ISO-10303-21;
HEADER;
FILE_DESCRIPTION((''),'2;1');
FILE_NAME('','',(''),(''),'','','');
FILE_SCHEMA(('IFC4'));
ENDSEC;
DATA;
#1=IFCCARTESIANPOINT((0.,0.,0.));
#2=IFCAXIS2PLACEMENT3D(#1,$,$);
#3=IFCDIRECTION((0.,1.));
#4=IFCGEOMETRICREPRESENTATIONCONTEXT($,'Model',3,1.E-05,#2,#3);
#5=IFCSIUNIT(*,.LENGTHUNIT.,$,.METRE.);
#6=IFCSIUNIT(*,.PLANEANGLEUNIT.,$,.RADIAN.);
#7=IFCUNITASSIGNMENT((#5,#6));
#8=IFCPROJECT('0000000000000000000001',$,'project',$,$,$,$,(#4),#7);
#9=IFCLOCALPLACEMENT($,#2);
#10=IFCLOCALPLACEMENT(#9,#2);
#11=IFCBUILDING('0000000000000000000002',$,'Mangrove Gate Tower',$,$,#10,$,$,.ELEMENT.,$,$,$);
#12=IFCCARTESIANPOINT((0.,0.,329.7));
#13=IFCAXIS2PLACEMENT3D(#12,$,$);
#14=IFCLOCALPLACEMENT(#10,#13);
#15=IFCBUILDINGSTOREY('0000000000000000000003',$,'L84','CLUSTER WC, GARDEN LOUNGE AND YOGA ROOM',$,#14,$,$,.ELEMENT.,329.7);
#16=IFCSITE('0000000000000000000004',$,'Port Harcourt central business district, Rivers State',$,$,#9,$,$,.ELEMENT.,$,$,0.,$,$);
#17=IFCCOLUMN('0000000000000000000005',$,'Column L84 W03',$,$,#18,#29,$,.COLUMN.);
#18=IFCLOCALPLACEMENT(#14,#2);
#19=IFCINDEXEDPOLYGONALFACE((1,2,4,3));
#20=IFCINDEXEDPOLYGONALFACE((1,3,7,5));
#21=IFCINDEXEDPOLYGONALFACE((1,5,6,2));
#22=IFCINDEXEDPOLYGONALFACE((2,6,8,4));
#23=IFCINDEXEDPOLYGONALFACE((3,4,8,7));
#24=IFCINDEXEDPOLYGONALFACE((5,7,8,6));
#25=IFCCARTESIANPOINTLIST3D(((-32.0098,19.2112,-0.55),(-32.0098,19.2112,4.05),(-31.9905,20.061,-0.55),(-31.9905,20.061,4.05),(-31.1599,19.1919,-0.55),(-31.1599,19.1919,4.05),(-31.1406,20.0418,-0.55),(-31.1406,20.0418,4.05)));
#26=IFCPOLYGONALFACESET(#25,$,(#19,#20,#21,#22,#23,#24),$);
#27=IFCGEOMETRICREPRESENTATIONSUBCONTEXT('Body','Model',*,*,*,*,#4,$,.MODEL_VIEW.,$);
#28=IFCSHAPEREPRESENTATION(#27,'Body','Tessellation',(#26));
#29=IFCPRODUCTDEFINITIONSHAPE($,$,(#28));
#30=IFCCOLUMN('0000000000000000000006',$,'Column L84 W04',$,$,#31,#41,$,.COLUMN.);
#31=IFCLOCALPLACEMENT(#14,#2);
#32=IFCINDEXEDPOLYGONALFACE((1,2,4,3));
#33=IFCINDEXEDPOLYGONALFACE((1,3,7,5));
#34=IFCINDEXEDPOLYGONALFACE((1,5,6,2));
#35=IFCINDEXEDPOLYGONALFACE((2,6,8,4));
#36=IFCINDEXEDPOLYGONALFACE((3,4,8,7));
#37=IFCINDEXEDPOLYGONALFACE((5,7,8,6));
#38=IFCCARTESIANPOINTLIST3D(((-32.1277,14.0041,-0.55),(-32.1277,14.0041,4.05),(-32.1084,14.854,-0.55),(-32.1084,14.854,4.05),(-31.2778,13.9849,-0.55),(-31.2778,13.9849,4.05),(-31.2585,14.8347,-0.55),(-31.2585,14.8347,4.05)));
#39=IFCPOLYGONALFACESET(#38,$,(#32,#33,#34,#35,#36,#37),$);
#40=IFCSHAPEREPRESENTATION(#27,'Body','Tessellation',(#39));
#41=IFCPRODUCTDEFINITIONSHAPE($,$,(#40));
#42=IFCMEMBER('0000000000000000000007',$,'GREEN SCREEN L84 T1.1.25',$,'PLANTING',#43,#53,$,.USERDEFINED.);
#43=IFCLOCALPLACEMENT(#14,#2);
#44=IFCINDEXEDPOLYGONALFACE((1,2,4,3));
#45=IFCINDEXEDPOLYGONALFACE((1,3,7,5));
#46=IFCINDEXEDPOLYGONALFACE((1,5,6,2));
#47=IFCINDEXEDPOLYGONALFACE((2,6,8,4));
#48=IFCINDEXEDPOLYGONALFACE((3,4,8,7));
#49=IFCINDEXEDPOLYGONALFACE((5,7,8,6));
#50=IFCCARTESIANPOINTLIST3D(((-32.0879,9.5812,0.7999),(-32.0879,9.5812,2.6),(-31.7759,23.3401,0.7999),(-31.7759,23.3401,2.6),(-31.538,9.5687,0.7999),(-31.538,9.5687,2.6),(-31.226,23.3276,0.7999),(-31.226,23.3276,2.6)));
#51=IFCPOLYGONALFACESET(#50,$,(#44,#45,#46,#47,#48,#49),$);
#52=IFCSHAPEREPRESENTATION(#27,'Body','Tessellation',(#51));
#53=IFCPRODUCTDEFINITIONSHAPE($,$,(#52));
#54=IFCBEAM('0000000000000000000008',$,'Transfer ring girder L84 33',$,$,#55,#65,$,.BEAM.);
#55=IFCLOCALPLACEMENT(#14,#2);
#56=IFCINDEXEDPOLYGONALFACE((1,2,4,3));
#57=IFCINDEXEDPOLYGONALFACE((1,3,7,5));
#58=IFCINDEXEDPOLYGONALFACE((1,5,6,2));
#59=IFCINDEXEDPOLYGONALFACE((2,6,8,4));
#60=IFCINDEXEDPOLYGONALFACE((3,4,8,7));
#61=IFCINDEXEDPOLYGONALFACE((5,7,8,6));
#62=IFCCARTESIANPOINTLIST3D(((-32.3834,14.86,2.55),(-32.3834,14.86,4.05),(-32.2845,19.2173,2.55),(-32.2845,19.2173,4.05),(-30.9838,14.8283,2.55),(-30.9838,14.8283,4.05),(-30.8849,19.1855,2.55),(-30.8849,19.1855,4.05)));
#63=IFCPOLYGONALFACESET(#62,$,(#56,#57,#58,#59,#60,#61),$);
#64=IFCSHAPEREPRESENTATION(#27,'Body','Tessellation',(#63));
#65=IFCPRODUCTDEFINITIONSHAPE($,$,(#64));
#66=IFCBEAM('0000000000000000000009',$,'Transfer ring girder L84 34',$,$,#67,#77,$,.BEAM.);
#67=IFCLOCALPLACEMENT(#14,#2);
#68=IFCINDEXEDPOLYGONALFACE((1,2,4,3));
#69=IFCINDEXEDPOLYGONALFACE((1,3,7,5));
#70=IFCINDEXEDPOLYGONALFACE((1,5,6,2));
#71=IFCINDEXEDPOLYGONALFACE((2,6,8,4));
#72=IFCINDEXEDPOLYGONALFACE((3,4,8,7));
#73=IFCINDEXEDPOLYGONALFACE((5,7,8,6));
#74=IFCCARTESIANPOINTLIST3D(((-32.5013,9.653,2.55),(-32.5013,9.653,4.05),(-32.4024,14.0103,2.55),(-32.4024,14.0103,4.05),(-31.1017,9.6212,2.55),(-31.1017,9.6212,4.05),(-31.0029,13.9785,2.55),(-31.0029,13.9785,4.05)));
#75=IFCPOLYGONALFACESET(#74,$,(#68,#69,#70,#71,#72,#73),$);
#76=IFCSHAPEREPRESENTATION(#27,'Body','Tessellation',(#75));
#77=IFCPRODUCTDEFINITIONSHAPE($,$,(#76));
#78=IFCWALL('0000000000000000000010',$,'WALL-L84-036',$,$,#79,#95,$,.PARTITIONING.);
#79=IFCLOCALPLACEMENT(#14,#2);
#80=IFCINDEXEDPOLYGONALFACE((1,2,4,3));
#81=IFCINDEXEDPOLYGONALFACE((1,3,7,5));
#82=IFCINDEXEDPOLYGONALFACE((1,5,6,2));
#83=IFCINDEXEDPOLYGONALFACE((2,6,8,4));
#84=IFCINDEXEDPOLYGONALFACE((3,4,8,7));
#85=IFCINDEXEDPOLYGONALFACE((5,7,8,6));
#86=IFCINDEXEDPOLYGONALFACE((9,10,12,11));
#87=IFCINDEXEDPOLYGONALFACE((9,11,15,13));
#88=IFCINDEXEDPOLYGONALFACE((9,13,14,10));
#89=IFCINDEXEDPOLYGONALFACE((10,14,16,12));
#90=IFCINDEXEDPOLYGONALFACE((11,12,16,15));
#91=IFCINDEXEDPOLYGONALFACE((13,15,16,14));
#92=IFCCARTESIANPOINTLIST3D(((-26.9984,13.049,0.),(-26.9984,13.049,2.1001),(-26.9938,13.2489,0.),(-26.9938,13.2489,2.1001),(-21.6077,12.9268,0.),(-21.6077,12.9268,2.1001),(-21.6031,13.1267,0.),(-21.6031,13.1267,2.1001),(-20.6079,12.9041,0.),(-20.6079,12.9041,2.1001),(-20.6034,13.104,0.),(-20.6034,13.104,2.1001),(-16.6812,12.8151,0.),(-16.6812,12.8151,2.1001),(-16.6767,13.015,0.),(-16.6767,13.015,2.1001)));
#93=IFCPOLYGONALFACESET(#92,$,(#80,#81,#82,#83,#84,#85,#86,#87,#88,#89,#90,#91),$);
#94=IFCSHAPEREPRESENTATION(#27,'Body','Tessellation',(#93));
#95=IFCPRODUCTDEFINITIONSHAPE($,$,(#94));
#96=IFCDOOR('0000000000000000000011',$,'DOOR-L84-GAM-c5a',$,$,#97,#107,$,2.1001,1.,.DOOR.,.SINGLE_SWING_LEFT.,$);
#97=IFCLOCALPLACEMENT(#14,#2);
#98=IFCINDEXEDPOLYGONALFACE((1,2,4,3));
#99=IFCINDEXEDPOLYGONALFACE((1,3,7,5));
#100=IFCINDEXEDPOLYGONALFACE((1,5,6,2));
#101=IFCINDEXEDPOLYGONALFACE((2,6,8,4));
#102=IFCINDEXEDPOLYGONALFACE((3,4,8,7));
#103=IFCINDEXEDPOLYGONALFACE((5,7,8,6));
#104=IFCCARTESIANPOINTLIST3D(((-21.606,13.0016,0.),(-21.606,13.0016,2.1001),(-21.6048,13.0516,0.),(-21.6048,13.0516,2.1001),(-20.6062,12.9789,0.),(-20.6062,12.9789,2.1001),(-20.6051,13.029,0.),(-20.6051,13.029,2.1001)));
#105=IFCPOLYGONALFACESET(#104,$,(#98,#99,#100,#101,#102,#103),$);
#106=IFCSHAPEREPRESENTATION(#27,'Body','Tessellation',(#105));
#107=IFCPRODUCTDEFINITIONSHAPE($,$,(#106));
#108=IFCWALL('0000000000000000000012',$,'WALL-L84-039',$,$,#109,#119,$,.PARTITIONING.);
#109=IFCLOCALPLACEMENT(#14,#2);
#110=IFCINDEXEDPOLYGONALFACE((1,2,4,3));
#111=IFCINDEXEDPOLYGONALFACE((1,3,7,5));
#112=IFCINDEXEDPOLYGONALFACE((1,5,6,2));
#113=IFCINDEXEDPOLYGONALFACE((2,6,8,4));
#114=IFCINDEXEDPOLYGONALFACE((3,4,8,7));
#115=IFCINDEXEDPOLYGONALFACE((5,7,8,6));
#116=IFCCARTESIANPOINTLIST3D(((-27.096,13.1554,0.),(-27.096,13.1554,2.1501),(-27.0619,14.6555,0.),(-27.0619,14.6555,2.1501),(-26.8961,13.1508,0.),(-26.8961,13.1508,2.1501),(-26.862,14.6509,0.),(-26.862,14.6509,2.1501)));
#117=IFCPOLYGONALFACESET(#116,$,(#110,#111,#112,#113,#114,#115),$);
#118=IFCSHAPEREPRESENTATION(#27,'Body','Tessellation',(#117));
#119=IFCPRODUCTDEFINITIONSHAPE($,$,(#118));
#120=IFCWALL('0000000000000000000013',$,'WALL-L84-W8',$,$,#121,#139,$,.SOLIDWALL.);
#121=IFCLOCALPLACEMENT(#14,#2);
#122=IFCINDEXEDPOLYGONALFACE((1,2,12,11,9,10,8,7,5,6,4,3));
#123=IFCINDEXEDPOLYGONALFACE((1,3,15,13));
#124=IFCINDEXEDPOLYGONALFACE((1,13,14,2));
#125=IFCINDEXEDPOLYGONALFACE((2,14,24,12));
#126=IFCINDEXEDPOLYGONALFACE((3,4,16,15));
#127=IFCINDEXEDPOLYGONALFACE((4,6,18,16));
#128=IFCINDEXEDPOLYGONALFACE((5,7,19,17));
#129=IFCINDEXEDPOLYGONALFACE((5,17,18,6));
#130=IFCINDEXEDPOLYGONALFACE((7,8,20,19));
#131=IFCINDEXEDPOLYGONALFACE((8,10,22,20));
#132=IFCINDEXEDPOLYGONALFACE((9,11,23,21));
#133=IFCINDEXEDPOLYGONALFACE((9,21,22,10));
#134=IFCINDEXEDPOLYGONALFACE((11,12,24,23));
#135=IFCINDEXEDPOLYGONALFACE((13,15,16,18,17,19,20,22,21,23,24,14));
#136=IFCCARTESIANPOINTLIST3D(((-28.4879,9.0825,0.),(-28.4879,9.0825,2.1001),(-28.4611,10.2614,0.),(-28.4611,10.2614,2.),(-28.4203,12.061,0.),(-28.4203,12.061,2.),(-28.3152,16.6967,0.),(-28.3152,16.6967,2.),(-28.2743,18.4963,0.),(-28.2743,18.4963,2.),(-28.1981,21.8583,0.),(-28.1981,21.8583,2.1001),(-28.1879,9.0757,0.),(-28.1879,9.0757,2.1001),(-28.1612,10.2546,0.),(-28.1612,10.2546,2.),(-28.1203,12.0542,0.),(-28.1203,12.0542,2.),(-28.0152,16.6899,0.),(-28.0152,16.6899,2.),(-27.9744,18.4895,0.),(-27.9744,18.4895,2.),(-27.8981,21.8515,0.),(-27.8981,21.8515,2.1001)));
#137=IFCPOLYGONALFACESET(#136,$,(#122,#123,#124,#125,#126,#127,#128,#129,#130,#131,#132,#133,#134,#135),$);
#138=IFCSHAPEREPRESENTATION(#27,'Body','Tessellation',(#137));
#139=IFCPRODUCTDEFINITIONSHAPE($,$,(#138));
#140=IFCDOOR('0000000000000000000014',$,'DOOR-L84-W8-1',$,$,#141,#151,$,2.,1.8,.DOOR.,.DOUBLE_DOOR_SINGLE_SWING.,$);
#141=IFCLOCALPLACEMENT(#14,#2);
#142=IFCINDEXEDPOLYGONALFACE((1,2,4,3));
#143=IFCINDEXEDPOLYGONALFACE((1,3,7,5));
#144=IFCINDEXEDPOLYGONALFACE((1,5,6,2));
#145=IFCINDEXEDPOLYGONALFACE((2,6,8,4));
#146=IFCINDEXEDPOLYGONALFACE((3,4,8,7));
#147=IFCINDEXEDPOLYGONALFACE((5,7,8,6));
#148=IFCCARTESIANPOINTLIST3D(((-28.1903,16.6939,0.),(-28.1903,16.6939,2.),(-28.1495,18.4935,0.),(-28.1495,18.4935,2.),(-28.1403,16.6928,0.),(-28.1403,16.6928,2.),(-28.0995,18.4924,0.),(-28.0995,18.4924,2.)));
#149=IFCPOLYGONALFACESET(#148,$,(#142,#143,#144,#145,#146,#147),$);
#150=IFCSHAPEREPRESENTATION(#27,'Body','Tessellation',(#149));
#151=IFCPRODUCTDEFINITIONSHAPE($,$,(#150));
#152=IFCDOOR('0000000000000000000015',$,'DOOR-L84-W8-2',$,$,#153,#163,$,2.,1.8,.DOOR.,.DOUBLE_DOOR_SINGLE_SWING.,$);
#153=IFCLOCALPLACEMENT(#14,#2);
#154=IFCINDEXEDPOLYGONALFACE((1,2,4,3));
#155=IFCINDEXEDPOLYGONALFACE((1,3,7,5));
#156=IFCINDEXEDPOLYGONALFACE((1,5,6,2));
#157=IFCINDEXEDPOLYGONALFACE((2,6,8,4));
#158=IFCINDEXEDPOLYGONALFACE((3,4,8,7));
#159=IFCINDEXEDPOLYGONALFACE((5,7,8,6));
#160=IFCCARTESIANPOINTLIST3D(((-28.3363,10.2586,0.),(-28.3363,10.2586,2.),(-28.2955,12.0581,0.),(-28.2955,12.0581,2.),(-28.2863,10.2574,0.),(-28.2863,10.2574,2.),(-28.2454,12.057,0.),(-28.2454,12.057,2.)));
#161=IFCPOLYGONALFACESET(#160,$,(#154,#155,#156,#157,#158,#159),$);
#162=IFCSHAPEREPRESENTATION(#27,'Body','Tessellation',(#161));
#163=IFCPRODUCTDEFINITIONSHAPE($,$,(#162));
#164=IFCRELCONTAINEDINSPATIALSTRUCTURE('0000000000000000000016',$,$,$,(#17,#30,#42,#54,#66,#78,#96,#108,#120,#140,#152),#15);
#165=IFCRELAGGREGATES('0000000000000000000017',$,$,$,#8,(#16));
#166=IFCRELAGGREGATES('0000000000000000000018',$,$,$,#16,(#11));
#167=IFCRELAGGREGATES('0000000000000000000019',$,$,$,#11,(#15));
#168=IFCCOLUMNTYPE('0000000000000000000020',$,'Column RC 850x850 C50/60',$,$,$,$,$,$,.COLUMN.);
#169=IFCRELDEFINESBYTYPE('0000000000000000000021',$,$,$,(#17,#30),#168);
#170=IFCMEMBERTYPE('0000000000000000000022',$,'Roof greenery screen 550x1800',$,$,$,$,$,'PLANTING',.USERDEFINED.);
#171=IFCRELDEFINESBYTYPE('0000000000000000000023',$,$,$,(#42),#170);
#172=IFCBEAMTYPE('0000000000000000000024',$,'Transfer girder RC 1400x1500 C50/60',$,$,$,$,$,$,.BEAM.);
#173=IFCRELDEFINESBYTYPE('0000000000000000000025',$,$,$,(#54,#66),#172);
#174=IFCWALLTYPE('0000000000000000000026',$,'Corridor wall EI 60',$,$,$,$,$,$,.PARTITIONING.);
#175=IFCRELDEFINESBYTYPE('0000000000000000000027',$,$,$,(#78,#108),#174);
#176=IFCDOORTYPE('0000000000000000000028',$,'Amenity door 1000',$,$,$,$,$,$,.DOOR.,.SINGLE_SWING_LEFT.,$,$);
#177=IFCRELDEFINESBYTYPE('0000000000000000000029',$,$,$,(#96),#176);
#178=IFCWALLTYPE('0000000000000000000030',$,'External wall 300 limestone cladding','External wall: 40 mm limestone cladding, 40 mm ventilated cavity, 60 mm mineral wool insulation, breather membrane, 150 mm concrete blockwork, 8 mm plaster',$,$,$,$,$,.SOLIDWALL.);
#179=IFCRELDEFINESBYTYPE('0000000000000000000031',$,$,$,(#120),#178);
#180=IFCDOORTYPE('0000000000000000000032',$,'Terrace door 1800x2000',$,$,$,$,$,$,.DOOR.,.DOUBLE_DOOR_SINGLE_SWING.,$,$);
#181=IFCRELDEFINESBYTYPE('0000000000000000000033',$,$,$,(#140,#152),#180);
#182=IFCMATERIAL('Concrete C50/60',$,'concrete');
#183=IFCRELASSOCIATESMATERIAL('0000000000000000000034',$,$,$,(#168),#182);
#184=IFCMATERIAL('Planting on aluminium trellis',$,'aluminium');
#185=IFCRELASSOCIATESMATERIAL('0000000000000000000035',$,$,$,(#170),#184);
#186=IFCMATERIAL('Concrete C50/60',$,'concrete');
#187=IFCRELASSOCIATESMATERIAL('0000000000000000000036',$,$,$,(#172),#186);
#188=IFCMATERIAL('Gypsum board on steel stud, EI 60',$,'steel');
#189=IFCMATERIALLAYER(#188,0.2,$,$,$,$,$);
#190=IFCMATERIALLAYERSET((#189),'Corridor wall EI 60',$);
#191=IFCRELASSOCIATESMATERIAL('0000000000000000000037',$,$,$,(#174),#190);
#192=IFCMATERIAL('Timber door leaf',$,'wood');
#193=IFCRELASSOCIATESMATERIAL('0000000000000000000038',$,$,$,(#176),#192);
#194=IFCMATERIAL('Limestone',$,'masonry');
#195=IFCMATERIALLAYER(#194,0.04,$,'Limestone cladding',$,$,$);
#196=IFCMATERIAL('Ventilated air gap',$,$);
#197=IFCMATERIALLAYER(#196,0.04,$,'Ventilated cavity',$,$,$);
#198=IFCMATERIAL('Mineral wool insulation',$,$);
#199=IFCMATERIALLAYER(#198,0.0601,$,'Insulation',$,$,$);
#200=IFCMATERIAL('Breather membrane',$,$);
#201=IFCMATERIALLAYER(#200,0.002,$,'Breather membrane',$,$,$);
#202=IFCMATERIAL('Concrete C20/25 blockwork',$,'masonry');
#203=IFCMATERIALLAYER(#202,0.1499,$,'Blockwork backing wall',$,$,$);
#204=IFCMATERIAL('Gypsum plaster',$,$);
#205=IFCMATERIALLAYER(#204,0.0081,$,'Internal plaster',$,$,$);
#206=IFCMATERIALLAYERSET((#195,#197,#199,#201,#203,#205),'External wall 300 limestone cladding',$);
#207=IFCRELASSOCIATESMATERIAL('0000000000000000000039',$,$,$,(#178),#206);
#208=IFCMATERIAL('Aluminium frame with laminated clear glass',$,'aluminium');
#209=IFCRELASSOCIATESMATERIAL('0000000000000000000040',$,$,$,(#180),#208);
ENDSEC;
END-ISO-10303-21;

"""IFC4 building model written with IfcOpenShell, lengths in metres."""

from ifc_helpers import new_model, si_unit, direction, frame, frame_2d, origin, origin_2d, place, context, subcontext, project, spatial, rectangle, extrude, material, layer, layer_set, material_profile, profile_set, type_object, element, fill, save


model = new_model("IFC4")

# Units and contexts
model_context = context("Model", 3, precision=1e-05, world=origin(), true_north=direction((0.0, 1.0)))
body_context = subcontext(model_context, "Body", "Model", "MODEL_VIEW")
ifc_project = project(units=[si_unit("LENGTHUNIT", "METRE"), si_unit("PLANEANGLEUNIT", "RADIAN")], contexts=[model_context])

# Site, building, storey
site_placement = place(None, origin())
site = spatial("IfcSite", under=ifc_project, at=site_placement, Name="Port Harcourt central business district, Rivers State", CompositionType="ELEMENT", RefElevation=0.0)
building_placement = place(site_placement, origin())
building = spatial("IfcBuilding", under=site, at=building_placement, Name="Mangrove Gate Tower", CompositionType="ELEMENT")
storey_placement = place(building_placement, frame((0.0, 0.0, 329.7)))
storey = spatial("IfcBuildingStorey", under=building, at=storey_placement, Name="L84", Description="CLUSTER WC, GARDEN LOUNGE AND YOGA ROOM", CompositionType="ELEMENT", Elevation=329.7)

# Columns
ifc_material_1 = material(Name="Concrete C50/60", Category="concrete")
ifc_material_profile_1 = material_profile(ifc_material_1, rectangle(XDim=0.8501, YDim=0.8501, at=origin_2d()))
ifc_profile_set_1 = profile_set([ifc_material_profile_1], Name="Concrete C50/60")
column_type = type_object("IfcColumnType", Name="Column RC 850x850 C50/60", PredefinedType="COLUMN", material=ifc_profile_set_1)
for number, where, z_axis, x_axis, name in (
    (1, (-31.5752, 19.6265, -0.55), (0.0, 0.0, 1.0), (-0.022656, -0.999743, 0.0), "Column L84 W03"),
    (2, (-31.6931, 14.4194, -0.55), (0.0, 0.0, 1.0), (-0.022656, -0.999743, 0.0), "Column L84 W04"),
):
    element("IfcColumn", number, at=place(storey_placement, frame(where, z_axis=z_axis, x_axis=x_axis)), inside=storey, type_object=column_type, Name=name, PredefinedType="COLUMN", context=body_context, shape_type="SweptSolid", body=[
        extrude(rectangle(XDim=0.8501, YDim=0.8501, at=origin_2d()), origin(), (0.0, 0.0, 1.0), 4.6001),
    ])

# Member
ifc_material_2 = material(Name="Planting on aluminium trellis", Category="aluminium")
ifc_material_profile_2 = material_profile(ifc_material_2, rectangle(XDim=0.55, YDim=1.8, at=origin_2d()))
ifc_profile_set_2 = profile_set([ifc_material_profile_2], Name="Planting on aluminium trellis")
member_type = type_object("IfcMemberType", Name="Roof greenery screen 550x1800", ElementType="PLANTING", PredefinedType="USERDEFINED", material=ifc_profile_set_2)
member_placement = place(storey_placement, frame((-31.813, 9.575, 1.7), z_axis=(0.022671, 0.999743, 0.0), x_axis=(-0.999743, 0.022671, 0.0)))
element("IfcMember", 3, at=member_placement, inside=storey, type_object=member_type, Name="GREEN SCREEN L84 T1.1.25", ObjectType="PLANTING", PredefinedType="USERDEFINED", context=body_context, shape_type="SweptSolid", body=[
    extrude(rectangle(XDim=0.55, YDim=1.8, at=origin_2d()), origin(), (0.0, 0.0, 1.0), 13.7625),
])

# Beams
ifc_material_3 = material(Name="Concrete C50/60", Category="concrete")
ifc_material_profile_3 = material_profile(ifc_material_3, rectangle(XDim=1.3999, YDim=1.5, at=origin_2d()))
ifc_profile_set_3 = profile_set([ifc_material_profile_3], Name="Concrete C50/60")
beam_type = type_object("IfcBeamType", Name="Transfer girder RC 1400x1500 C50/60", PredefinedType="BEAM", material=ifc_profile_set_3)
for number, where, z_axis, x_axis, name in (
    (4, (-31.5847, 19.2014, 3.3), (-0.022687, -0.999743, 0.0), (0.999743, -0.022687, 0.0), "Transfer ring girder L84 33"),
    (5, (-31.7026, 13.9944, 3.3), (-0.022687, -0.999743, 0.0), (0.999743, -0.022687, 0.0), "Transfer ring girder L84 34"),
):
    element("IfcBeam", number, at=place(storey_placement, frame(where, z_axis=z_axis, x_axis=x_axis)), inside=storey, type_object=beam_type, Name=name, PredefinedType="BEAM", context=body_context, shape_type="SweptSolid", body=[
        extrude(rectangle(XDim=1.3999, YDim=1.5, at=origin_2d()), origin(), (0.0, 0.0, 1.0), 4.3584),
    ])

# Wall, opening, door
ifc_material_4 = material(Name="Gypsum board on steel stud, EI 60", Category="steel")
ifc_layer_1 = layer(ifc_material_4, 0.2)
ifc_layer_set_1 = layer_set([ifc_layer_1], Name="Corridor wall EI 60")
wall_type_1 = type_object("IfcWallType", Name="Corridor wall EI 60", PredefinedType="PARTITIONING", material=ifc_layer_set_1)
wall_1_placement = place(storey_placement, frame((-26.9961, 13.1489, 0.0), z_axis=(0.0, 0.0, 1.0), x_axis=(0.999743, -0.022664, 0.0)))
wall_1 = element("IfcWall", 6, at=wall_1_placement, inside=storey, type_object=wall_type_1, Name="WALL-L84-036", PredefinedType="PARTITIONING", context=body_context, shape_type="SweptSolid", body=[
    extrude(rectangle(XDim=10.3198, YDim=0.2, at=frame_2d((5.1599, 0.0))), origin(), (0.0, 0.0, 1.0), 2.1001),
])
opening_1_placement = place(wall_1_placement, frame((5.3921, 0.0, 0.0)))
opening_1 = element("IfcOpeningElement", 7, at=opening_1_placement, cuts=wall_1, PredefinedType="OPENING", context=body_context, shape_type="SweptSolid", body=[
    extrude(rectangle(XDim=1.0, YDim=2.1001, at=frame_2d((0.5, 1.05))), frame((0.0, 0.1099, 0.0), z_axis=(0.0, -1.0, 0.0), x_axis=(1.0, 0.0, 0.0)), (0.0, 0.0, 1.0), 0.22),
])
ifc_material_5 = material(Name="Timber door leaf", Category="wood")
door_type_1 = type_object("IfcDoorType", Name="Amenity door 1000", OperationType="SINGLE_SWING_LEFT", PredefinedType="DOOR", material=ifc_material_5)
door_1_placement = place(opening_1_placement, origin())
door_1 = element("IfcDoor", 8, at=door_1_placement, inside=storey, type_object=door_type_1, Name="DOOR-L84-GAM-c5a", OperationType="SINGLE_SWING_LEFT", OverallHeight=2.1001, OverallWidth=1.0, PredefinedType="DOOR", context=body_context, shape_type="SweptSolid", body=[
    extrude(rectangle(XDim=1.0, YDim=2.1001, at=frame_2d((0.5, 1.05))), frame((0.0, 0.0249, 0.0), z_axis=(0.0, -1.0, 0.0), x_axis=(1.0, 0.0, 0.0)), (0.0, 0.0, 1.0), 0.05),
])
fill(opening_1, door_1)

# Wall
wall_2_placement = place(storey_placement, frame((-26.9961, 13.1531, 0.0), z_axis=(0.0, 0.0, 1.0), x_axis=(0.022781, 0.99974, 0.0)))
element("IfcWall", 9, at=wall_2_placement, inside=storey, type_object=wall_type_1, Name="WALL-L84-039", PredefinedType="PARTITIONING", context=body_context, shape_type="SweptSolid", body=[
    extrude(rectangle(XDim=1.5005, YDim=0.2, at=frame_2d((0.7502, 0.0))), origin(), (0.0, 0.0, 1.0), 2.1501),
])

# Wall, openings, doors
ifc_material_6 = material(Name="Limestone", Category="masonry")
ifc_layer_2 = layer(ifc_material_6, 0.04, Name="Limestone cladding")
ifc_material_7 = material(Name="Ventilated air gap")
ifc_layer_3 = layer(ifc_material_7, 0.04, Name="Ventilated cavity")
ifc_material_8 = material(Name="Mineral wool insulation")
ifc_layer_4 = layer(ifc_material_8, 0.0601, Name="Insulation")
ifc_material_9 = material(Name="Breather membrane")
ifc_layer_5 = layer(ifc_material_9, 0.002, Name="Breather membrane")
ifc_material_10 = material(Name="Concrete C20/25 blockwork", Category="masonry")
ifc_layer_6 = layer(ifc_material_10, 0.1499, Name="Blockwork backing wall")
ifc_material_11 = material(Name="Gypsum plaster")
ifc_layer_7 = layer(ifc_material_11, 0.0081, Name="Internal plaster")
ifc_layer_set_2 = layer_set([ifc_layer_2, ifc_layer_3, ifc_layer_4, ifc_layer_5, ifc_layer_6, ifc_layer_7], Name="External wall 300 limestone cladding")
wall_type_2 = type_object("IfcWallType", Name="External wall 300 limestone cladding", Description="External wall: 40 mm limestone cladding, 40 mm ventilated cavity, 60 mm mineral wool insulation, breather membrane, 150 mm concrete blockwork, 8 mm plaster", PredefinedType="SOLIDWALL", material=ifc_layer_set_2)
wall_3_placement = place(storey_placement, frame((-28.0481, 21.855, 0.0), z_axis=(0.0, 0.0, 1.0), x_axis=(-0.022677, -0.999743, 0.0)))
wall_3 = element("IfcWall", 10, at=wall_3_placement, inside=storey, type_object=wall_type_2, Name="WALL-L84-W8", PredefinedType="SOLIDWALL", context=body_context, shape_type="SweptSolid", body=[
    extrude(rectangle(XDim=12.7791, YDim=0.3, at=frame_2d((6.3896, 0.0))), origin(), (0.0, 0.0, 1.0), 2.1001),
])
opening_2_placement = place(wall_3_placement, frame((3.363, 0.0, 0.0)))
opening_2 = element("IfcOpeningElement", 11, at=opening_2_placement, cuts=wall_3, PredefinedType="OPENING", context=body_context, shape_type="SweptSolid", body=[
    extrude(rectangle(XDim=1.8, YDim=2.0, at=frame_2d((0.8999, 1.0))), frame((0.0, 0.1599, 0.0), z_axis=(0.0, -1.0, 0.0), x_axis=(1.0, 0.0, 0.0)), (0.0, 0.0, 1.0), 0.3201),
])
opening_3_placement = place(wall_3_placement, frame((9.8, 0.0, 0.0)))
opening_3 = element("IfcOpeningElement", 12, at=opening_3_placement, cuts=wall_3, PredefinedType="OPENING", context=body_context, shape_type="SweptSolid", body=[
    extrude(rectangle(XDim=1.8, YDim=2.0, at=frame_2d((0.8999, 1.0))), frame((0.0, 0.1599, 0.0), z_axis=(0.0, -1.0, 0.0), x_axis=(1.0, 0.0, 0.0)), (0.0, 0.0, 1.0), 0.3201),
])
ifc_material_12 = material(Name="Aluminium frame with laminated clear glass", Category="aluminium")
door_type_2 = type_object("IfcDoorType", Name="Terrace door 1800x2000", OperationType="DOUBLE_DOOR_SINGLE_SWING", PredefinedType="DOOR", material=ifc_material_12)
door_2_placement = place(opening_2_placement, origin())
door_2 = element("IfcDoor", 13, at=door_2_placement, inside=storey, type_object=door_type_2, Name="DOOR-L84-W8-1", OperationType="DOUBLE_DOOR_SINGLE_SWING", OverallHeight=2.0, OverallWidth=1.8, PredefinedType="DOOR", context=body_context, shape_type="SweptSolid", body=[
    extrude(rectangle(XDim=1.8, YDim=2.0, at=frame_2d((0.8999, 1.0))), frame((0.0, 0.0249, 0.0), z_axis=(0.0, -1.0, 0.0), x_axis=(1.0, 0.0, 0.0)), (0.0, 0.0, 1.0), 0.05),
])
fill(opening_2, door_2)
door_3_placement = place(opening_3_placement, origin())
door_3 = element("IfcDoor", 14, at=door_3_placement, inside=storey, type_object=door_type_2, Name="DOOR-L84-W8-2", OperationType="DOUBLE_DOOR_SINGLE_SWING", OverallHeight=2.0, OverallWidth=1.8, PredefinedType="DOOR", context=body_context, shape_type="SweptSolid", body=[
    extrude(rectangle(XDim=1.8, YDim=2.0, at=frame_2d((0.8999, 1.0))), frame((0.0, 0.0249, 0.0), z_axis=(0.0, -1.0, 0.0), x_axis=(1.0, 0.0, 0.0)), (0.0, 0.0, 1.0), 0.05),
])
fill(opening_3, door_3)

save(model, "model.ifc")
